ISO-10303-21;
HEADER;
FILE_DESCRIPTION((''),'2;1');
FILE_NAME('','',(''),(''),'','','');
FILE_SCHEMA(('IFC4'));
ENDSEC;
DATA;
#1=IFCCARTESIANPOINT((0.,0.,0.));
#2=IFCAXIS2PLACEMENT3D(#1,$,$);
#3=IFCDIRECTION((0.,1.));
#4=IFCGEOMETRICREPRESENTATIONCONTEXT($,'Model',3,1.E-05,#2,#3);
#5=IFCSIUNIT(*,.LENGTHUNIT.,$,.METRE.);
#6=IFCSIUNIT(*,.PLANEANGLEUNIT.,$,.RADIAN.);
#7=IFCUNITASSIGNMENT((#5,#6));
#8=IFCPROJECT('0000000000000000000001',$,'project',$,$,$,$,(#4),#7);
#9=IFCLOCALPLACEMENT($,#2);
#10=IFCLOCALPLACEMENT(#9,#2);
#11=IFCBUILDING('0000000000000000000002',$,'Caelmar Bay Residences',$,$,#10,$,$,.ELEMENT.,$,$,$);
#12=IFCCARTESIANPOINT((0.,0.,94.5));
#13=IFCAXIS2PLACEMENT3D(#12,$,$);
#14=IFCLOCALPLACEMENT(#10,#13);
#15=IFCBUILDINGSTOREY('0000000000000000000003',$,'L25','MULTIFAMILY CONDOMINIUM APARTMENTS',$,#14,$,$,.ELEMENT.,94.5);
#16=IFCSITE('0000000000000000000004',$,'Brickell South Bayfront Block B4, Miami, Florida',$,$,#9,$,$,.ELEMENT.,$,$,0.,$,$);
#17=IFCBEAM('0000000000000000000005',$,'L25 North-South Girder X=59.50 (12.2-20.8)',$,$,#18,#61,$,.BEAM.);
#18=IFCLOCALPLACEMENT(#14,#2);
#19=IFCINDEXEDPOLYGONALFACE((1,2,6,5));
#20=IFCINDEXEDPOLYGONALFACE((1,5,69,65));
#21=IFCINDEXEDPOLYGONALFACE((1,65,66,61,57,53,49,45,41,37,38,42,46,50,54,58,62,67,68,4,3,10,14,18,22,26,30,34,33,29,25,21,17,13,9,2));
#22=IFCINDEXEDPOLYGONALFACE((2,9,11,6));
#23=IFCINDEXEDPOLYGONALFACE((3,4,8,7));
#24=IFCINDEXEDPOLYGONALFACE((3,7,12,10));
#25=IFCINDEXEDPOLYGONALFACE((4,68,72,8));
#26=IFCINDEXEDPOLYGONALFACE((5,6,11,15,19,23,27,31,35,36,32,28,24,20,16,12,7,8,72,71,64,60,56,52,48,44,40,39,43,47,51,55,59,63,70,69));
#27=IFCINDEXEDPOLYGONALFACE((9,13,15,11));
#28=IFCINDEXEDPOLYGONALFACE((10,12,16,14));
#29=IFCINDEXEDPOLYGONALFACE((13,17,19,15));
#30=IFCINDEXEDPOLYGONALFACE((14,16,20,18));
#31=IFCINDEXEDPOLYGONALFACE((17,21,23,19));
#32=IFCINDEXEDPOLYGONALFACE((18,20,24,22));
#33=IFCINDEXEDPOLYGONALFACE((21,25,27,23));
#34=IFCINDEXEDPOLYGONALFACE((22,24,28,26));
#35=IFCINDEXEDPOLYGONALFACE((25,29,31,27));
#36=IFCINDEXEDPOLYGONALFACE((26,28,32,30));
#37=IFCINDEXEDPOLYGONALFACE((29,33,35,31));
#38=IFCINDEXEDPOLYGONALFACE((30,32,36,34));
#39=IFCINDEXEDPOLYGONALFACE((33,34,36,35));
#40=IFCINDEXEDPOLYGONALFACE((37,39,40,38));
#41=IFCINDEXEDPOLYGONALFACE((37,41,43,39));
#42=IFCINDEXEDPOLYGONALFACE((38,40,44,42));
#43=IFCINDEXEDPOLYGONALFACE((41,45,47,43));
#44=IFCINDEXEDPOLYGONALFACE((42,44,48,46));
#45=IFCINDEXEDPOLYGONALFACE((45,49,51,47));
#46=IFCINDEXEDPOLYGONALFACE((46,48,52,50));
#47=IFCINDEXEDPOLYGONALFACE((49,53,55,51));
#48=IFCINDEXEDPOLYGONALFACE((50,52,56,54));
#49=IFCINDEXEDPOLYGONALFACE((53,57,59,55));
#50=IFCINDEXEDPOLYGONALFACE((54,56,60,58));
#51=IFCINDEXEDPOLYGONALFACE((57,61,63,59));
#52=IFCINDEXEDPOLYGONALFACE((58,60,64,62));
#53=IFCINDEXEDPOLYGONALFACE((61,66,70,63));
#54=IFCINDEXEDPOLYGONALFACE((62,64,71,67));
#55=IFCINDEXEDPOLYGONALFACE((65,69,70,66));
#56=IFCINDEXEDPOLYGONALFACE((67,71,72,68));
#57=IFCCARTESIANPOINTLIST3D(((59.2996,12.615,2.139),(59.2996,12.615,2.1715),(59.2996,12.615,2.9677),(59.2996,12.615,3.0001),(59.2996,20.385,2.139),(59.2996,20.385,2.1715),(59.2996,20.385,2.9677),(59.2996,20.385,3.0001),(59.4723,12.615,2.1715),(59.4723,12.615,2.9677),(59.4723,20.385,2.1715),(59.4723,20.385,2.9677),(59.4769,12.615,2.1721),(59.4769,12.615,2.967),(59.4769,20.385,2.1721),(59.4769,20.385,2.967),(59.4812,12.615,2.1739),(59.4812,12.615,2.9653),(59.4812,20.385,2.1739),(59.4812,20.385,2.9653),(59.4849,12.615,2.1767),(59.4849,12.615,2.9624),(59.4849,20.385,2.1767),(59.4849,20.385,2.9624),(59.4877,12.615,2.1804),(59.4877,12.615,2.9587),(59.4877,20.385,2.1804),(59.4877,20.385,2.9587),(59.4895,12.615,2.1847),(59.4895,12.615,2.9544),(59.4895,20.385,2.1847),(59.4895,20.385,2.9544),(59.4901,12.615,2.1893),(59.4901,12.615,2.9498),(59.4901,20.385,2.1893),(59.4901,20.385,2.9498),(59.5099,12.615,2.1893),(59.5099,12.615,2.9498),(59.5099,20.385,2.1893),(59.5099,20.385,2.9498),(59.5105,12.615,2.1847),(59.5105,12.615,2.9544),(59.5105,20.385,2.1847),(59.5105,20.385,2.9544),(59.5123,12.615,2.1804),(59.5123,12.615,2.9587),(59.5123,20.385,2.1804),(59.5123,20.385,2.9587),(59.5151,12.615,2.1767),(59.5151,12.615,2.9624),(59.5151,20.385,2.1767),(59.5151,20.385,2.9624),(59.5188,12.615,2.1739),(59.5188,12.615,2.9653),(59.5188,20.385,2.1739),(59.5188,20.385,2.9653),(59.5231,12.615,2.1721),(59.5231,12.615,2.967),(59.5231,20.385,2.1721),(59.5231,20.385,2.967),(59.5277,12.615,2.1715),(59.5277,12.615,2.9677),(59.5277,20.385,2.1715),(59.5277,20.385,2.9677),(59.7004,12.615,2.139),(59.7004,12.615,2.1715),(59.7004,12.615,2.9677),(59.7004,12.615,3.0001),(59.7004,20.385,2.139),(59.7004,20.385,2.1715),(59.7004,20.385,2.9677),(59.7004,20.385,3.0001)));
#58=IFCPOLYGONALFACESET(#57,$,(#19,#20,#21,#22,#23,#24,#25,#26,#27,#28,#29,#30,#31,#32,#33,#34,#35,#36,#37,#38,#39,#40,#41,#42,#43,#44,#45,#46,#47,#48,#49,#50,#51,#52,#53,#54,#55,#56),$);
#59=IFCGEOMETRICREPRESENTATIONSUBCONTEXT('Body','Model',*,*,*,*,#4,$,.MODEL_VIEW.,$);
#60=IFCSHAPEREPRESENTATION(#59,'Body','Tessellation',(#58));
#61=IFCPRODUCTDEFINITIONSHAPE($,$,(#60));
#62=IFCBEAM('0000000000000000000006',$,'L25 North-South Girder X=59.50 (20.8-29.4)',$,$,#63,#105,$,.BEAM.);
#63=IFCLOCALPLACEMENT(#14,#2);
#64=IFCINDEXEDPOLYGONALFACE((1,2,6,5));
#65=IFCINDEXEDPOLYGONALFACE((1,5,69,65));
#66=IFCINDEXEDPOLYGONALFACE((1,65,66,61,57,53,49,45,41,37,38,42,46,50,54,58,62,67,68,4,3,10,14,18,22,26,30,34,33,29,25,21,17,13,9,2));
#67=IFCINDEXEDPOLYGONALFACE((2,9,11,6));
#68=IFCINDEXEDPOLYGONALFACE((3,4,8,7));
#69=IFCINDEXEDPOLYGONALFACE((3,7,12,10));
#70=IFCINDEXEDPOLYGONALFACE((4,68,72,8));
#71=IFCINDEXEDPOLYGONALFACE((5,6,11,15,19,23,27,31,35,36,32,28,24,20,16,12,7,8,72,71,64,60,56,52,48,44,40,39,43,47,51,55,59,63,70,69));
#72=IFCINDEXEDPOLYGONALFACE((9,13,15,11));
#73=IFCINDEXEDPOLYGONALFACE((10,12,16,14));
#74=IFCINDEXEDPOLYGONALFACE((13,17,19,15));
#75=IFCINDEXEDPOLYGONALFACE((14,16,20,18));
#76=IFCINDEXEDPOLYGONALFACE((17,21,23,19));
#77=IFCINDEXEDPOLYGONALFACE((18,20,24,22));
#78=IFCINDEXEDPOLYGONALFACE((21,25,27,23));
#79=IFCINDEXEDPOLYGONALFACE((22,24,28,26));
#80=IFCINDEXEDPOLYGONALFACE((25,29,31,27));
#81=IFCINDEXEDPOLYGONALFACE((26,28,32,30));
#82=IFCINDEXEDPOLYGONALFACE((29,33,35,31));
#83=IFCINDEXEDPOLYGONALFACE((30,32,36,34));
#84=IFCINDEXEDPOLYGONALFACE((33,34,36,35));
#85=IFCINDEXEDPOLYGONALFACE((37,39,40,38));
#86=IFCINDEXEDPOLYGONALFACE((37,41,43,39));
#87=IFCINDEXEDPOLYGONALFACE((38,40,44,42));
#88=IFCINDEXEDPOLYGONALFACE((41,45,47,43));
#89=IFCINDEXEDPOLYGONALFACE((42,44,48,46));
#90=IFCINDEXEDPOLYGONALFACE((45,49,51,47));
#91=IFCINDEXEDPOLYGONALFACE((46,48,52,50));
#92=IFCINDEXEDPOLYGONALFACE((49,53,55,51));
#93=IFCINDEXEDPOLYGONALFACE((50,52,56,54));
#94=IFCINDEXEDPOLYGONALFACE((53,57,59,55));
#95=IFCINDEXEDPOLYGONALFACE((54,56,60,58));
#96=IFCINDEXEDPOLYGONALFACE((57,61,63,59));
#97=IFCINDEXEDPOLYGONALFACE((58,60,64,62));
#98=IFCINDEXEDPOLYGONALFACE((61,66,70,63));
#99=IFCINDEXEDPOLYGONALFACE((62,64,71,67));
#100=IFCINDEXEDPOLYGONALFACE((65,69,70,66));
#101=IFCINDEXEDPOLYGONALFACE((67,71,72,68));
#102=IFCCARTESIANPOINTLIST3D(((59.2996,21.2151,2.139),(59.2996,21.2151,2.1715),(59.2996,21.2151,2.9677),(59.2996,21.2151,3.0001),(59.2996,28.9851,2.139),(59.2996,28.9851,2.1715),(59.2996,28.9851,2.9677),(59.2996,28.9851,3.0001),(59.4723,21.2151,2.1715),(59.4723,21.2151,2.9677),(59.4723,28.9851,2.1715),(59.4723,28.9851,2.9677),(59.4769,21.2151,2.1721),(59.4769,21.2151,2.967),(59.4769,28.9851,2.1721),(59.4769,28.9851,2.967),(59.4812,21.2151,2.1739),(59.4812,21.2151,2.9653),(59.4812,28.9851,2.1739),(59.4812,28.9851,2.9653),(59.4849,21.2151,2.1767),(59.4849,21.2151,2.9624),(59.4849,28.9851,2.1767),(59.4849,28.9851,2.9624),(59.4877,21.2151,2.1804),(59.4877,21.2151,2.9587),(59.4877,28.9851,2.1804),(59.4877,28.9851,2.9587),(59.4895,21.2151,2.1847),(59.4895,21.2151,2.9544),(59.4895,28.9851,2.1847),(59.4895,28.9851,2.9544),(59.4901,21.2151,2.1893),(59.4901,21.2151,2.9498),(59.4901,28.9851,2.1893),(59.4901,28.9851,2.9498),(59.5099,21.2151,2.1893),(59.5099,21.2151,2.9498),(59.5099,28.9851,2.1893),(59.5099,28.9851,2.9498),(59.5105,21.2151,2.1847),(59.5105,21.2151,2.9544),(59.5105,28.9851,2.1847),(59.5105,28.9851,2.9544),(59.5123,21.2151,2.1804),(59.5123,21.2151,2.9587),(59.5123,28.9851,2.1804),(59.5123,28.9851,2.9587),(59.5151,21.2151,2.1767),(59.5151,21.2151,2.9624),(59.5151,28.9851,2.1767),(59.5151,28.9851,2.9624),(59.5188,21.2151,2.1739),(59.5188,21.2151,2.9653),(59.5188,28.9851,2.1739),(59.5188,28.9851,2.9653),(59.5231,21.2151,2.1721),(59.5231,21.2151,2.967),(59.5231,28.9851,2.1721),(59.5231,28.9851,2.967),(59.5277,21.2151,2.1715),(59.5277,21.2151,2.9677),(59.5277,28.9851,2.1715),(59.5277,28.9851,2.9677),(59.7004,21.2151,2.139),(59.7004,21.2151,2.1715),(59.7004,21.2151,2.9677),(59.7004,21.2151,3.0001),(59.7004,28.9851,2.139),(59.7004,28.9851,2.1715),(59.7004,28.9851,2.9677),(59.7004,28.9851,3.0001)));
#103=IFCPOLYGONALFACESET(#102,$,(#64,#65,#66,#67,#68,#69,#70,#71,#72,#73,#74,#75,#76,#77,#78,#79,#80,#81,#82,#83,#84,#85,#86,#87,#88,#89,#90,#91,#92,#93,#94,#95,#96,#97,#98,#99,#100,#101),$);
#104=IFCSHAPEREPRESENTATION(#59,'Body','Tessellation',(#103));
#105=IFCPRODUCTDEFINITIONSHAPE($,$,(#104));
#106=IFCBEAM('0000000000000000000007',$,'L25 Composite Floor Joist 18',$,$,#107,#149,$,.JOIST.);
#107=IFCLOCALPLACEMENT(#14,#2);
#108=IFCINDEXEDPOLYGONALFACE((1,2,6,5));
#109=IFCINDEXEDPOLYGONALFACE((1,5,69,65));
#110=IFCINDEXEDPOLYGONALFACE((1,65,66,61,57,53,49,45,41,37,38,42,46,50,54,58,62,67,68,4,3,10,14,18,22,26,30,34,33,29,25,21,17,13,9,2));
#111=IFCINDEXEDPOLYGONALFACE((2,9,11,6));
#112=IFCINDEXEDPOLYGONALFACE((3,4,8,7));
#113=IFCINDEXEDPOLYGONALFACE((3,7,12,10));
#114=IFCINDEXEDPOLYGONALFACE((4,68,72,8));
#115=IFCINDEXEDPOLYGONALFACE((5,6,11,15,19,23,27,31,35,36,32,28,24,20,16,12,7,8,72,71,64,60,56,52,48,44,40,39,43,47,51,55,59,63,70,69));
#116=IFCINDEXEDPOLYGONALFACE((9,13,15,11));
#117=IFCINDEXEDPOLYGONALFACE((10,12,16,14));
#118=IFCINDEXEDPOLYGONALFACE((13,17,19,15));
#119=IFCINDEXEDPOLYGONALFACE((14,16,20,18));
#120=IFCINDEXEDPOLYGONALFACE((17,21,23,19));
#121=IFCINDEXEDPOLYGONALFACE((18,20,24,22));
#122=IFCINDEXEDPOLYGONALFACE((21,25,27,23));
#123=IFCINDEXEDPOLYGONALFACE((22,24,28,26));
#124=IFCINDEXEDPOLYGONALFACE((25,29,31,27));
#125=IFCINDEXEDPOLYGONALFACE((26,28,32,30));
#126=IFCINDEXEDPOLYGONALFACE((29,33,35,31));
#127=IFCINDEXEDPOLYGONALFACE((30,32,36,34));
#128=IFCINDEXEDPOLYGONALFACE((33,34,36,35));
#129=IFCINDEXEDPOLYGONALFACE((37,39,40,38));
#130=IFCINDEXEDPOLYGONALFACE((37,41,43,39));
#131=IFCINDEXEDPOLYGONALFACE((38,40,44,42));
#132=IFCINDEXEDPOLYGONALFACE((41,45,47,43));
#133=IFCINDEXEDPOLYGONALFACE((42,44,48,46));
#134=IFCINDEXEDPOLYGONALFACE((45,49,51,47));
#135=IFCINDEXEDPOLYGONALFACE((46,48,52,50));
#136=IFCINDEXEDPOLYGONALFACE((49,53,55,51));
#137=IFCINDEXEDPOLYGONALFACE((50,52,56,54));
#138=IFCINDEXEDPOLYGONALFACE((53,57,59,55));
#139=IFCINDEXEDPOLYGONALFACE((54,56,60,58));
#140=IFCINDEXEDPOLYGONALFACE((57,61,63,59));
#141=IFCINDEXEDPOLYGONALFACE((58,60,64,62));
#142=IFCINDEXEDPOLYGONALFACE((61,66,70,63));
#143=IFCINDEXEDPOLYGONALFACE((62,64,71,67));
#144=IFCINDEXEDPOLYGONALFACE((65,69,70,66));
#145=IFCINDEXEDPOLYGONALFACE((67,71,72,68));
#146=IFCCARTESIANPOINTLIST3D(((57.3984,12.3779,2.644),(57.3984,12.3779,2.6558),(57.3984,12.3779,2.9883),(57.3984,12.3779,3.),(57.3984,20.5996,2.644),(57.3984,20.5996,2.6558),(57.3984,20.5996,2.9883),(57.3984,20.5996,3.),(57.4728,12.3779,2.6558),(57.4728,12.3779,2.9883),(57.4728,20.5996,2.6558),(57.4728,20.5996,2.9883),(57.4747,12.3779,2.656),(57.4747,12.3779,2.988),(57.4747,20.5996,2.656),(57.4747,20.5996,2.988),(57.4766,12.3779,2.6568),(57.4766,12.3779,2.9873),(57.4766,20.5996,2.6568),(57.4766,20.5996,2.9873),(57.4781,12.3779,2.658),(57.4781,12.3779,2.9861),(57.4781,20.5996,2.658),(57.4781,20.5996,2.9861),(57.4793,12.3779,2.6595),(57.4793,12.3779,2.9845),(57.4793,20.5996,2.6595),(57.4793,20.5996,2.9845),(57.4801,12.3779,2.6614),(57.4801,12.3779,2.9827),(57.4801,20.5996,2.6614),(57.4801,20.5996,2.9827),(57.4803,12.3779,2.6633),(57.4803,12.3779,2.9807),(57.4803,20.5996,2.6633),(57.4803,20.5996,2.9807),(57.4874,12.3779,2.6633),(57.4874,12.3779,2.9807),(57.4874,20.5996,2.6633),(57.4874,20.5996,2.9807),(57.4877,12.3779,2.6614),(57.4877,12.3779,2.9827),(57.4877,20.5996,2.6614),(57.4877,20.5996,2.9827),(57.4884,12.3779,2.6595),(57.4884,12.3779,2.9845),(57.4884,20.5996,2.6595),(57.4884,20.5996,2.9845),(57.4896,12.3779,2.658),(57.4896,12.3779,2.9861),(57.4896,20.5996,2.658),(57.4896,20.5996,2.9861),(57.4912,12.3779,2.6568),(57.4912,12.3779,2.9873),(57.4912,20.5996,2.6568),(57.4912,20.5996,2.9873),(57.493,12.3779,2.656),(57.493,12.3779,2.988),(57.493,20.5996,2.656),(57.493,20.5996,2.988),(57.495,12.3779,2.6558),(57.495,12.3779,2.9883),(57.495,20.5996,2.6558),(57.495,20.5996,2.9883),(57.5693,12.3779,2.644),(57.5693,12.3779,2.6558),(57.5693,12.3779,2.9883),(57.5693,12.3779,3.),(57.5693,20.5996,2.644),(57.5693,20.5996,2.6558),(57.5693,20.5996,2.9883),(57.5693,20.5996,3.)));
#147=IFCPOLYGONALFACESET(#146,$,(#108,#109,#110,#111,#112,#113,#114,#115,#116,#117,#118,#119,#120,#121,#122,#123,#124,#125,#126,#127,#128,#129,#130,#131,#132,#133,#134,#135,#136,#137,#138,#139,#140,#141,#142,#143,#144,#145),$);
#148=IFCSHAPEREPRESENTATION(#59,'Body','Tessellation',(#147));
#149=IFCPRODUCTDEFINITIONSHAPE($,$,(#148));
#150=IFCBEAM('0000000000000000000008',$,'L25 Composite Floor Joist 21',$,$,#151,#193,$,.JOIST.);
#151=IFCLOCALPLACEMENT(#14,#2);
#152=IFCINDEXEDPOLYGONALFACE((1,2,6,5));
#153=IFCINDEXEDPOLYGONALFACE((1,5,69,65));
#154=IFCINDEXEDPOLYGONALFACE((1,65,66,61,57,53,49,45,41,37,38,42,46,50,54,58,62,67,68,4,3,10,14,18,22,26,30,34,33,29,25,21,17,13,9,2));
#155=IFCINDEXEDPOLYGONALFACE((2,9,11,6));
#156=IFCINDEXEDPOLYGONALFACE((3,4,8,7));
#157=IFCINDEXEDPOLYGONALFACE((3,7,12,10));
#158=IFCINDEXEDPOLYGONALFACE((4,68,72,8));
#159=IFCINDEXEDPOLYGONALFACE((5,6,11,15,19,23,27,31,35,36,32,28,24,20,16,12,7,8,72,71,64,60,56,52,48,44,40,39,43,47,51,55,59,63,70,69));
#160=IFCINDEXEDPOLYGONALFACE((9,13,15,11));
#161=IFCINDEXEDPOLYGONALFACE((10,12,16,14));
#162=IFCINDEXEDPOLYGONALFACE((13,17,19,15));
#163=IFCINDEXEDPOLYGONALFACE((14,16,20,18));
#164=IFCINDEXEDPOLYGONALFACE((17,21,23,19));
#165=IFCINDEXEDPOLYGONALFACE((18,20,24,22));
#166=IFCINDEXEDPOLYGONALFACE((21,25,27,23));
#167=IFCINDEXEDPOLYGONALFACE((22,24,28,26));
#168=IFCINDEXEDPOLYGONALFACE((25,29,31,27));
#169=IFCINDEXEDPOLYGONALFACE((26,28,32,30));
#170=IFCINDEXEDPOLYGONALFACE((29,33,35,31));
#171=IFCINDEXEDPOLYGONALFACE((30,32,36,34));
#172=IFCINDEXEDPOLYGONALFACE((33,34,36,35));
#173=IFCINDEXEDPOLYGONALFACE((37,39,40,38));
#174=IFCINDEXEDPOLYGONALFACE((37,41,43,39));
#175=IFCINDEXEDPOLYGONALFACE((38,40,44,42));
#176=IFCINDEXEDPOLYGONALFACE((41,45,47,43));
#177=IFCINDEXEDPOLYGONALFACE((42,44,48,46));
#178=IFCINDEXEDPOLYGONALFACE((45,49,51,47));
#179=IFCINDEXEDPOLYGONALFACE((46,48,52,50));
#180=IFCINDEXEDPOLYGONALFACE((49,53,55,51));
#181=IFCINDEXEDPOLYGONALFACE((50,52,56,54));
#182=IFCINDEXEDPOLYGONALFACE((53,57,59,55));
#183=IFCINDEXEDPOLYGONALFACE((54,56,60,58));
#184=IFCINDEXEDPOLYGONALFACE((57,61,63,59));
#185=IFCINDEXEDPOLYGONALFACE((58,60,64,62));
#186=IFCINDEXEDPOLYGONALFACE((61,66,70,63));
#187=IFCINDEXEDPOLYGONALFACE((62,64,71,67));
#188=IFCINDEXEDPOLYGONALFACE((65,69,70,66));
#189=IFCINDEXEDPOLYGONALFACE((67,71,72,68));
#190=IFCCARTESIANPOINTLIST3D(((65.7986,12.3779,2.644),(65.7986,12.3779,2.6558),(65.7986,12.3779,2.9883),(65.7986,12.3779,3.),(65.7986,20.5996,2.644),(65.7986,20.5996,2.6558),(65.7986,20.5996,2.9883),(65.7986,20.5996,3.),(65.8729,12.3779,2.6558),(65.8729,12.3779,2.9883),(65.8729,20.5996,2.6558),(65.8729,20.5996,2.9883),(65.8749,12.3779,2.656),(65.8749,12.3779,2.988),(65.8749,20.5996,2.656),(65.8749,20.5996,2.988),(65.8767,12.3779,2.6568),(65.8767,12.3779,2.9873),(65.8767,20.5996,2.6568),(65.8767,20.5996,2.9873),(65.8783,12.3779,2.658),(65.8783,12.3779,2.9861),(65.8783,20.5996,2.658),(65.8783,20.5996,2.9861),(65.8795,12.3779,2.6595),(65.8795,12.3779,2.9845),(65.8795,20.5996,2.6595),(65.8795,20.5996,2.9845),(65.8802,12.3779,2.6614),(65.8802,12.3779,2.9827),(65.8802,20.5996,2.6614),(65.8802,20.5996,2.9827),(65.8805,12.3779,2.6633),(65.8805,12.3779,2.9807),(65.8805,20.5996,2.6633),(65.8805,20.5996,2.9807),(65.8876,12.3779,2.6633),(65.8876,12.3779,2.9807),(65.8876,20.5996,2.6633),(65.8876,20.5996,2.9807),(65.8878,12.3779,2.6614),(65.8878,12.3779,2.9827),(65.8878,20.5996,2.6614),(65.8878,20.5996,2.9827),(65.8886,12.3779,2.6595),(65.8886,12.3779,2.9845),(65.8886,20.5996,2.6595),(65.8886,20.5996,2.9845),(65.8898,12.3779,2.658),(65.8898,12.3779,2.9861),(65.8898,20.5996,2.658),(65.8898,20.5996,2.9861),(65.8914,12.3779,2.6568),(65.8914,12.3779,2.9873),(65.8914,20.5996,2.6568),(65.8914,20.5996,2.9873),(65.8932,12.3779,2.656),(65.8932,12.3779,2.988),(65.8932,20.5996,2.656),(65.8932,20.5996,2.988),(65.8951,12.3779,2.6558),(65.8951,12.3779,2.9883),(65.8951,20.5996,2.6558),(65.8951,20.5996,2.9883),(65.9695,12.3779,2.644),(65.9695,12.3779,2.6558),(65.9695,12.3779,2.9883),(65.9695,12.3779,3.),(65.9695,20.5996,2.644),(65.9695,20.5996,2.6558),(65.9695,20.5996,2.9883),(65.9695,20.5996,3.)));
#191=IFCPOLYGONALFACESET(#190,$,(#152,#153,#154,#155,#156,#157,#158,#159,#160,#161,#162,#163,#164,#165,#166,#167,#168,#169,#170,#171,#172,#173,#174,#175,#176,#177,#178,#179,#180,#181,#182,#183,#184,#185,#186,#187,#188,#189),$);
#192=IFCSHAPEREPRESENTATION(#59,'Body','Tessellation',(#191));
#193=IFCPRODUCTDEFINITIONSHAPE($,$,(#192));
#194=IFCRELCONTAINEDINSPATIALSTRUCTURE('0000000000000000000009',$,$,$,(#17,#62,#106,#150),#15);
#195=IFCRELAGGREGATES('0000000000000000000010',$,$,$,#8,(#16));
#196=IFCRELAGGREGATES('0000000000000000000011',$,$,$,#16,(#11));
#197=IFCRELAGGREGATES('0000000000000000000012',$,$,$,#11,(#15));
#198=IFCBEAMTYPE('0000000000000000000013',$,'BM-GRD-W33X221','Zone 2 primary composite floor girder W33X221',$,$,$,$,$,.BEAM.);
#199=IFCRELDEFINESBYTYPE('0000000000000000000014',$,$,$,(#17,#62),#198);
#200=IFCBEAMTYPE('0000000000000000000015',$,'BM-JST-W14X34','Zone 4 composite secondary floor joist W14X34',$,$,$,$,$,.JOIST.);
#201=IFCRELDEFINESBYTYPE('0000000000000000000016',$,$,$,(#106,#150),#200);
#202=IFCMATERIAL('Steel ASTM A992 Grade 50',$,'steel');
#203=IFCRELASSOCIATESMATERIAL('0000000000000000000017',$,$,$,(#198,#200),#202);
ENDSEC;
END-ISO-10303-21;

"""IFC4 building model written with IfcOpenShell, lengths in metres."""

from ifc_helpers import new_model, si_unit, direction, frame, origin, origin_2d, place, context, subcontext, project, spatial, i_section, extrude, material, material_profile, profile_set, type_object, element, save


model = new_model("IFC4")

# Units and contexts
model_context = context("Model", 3, precision=1e-05, world=origin(), true_north=direction((0.0, 1.0)))
body_context = subcontext(model_context, "Body", "Model", "MODEL_VIEW")
ifc_project = project(units=[si_unit("LENGTHUNIT", "METRE"), si_unit("PLANEANGLEUNIT", "RADIAN")], contexts=[model_context])

# Site, building, storey
site_placement = place(None, origin())
site = spatial("IfcSite", under=ifc_project, at=site_placement, Name="Brickell South Bayfront Block B4, Miami, Florida", CompositionType="ELEMENT", RefElevation=0.0)
building_placement = place(site_placement, origin())
building = spatial("IfcBuilding", under=site, at=building_placement, Name="Caelmar Bay Residences", CompositionType="ELEMENT")
storey_placement = place(building_placement, frame((0.0, 0.0, 94.5)))
storey = spatial("IfcBuildingStorey", under=building, at=storey_placement, Name="L25", Description="MULTIFAMILY CONDOMINIUM APARTMENTS", CompositionType="ELEMENT", Elevation=94.5)

# Beams
ifc_material_1 = material(Name="Steel ASTM A992 Grade 50", Category="steel")
ifc_material_profile_1 = material_profile(ifc_material_1, i_section(OverallWidth=0.4009, OverallDepth=0.8611, WebThickness=0.0198, FlangeThickness=0.0325, FilletRadius=0.0178, at=origin_2d()), Name="W33X221")
ifc_profile_set_1 = profile_set([ifc_material_profile_1], Name="Steel ASTM A992 Grade 50")
beam_type_1 = type_object("IfcBeamType", Name="BM-GRD-W33X221", Description="Zone 2 primary composite floor girder W33X221", PredefinedType="BEAM", material=ifc_profile_set_1)
for number, where, z_axis, x_axis, name in (
    (1, (59.5, 12.615, 2.5696), (0.0, 1.0, 0.0), (-1.0, 0.0, 0.0), "L25 North-South Girder X=59.50 (12.2-20.8)"),
    (2, (59.5, 21.2151, 2.5696), (0.0, 1.0, 0.0), (-1.0, 0.0, 0.0), "L25 North-South Girder X=59.50 (20.8-29.4)"),
):
    element("IfcBeam", number, at=place(storey_placement, frame(where, z_axis=z_axis, x_axis=x_axis)), inside=storey, type_object=beam_type_1, Name=name, PredefinedType="BEAM", context=body_context, shape_type="SweptSolid", body=[
        extrude(i_section(OverallWidth=0.4009, OverallDepth=0.8611, WebThickness=0.0198, FlangeThickness=0.0325, FilletRadius=0.0178, at=origin_2d()), origin(), (0.0, 0.0, 1.0), 7.77),
    ])
ifc_material_profile_2 = material_profile(ifc_material_1, i_section(OverallWidth=0.1709, OverallDepth=0.356, WebThickness=0.0071, FlangeThickness=0.0117, FilletRadius=0.0076, at=origin_2d()), Name="W14X34")
ifc_profile_set_2 = profile_set([ifc_material_profile_2], Name="Steel ASTM A992 Grade 50")
beam_type_2 = type_object("IfcBeamType", Name="BM-JST-W14X34", Description="Zone 4 composite secondary floor joist W14X34", PredefinedType="JOIST", material=ifc_profile_set_2)
for number, where, z_axis, x_axis, name in (
    (3, (57.4839, 12.3779, 2.822), (0.0, 1.0, 0.0), (-1.0, 0.0, 0.0), "L25 Composite Floor Joist 18"),
    (4, (65.884, 12.3779, 2.822), (0.0, 1.0, 0.0), (-1.0, 0.0, 0.0), "L25 Composite Floor Joist 21"),
):
    element("IfcBeam", number, at=place(storey_placement, frame(where, z_axis=z_axis, x_axis=x_axis)), inside=storey, type_object=beam_type_2, Name=name, PredefinedType="JOIST", context=body_context, shape_type="SweptSolid", body=[
        extrude(i_section(OverallWidth=0.1709, OverallDepth=0.356, WebThickness=0.0071, FlangeThickness=0.0117, FilletRadius=0.0076, at=origin_2d()), origin(), (0.0, 0.0, 1.0), 8.2217),
    ])

save(model, "model.ifc")
